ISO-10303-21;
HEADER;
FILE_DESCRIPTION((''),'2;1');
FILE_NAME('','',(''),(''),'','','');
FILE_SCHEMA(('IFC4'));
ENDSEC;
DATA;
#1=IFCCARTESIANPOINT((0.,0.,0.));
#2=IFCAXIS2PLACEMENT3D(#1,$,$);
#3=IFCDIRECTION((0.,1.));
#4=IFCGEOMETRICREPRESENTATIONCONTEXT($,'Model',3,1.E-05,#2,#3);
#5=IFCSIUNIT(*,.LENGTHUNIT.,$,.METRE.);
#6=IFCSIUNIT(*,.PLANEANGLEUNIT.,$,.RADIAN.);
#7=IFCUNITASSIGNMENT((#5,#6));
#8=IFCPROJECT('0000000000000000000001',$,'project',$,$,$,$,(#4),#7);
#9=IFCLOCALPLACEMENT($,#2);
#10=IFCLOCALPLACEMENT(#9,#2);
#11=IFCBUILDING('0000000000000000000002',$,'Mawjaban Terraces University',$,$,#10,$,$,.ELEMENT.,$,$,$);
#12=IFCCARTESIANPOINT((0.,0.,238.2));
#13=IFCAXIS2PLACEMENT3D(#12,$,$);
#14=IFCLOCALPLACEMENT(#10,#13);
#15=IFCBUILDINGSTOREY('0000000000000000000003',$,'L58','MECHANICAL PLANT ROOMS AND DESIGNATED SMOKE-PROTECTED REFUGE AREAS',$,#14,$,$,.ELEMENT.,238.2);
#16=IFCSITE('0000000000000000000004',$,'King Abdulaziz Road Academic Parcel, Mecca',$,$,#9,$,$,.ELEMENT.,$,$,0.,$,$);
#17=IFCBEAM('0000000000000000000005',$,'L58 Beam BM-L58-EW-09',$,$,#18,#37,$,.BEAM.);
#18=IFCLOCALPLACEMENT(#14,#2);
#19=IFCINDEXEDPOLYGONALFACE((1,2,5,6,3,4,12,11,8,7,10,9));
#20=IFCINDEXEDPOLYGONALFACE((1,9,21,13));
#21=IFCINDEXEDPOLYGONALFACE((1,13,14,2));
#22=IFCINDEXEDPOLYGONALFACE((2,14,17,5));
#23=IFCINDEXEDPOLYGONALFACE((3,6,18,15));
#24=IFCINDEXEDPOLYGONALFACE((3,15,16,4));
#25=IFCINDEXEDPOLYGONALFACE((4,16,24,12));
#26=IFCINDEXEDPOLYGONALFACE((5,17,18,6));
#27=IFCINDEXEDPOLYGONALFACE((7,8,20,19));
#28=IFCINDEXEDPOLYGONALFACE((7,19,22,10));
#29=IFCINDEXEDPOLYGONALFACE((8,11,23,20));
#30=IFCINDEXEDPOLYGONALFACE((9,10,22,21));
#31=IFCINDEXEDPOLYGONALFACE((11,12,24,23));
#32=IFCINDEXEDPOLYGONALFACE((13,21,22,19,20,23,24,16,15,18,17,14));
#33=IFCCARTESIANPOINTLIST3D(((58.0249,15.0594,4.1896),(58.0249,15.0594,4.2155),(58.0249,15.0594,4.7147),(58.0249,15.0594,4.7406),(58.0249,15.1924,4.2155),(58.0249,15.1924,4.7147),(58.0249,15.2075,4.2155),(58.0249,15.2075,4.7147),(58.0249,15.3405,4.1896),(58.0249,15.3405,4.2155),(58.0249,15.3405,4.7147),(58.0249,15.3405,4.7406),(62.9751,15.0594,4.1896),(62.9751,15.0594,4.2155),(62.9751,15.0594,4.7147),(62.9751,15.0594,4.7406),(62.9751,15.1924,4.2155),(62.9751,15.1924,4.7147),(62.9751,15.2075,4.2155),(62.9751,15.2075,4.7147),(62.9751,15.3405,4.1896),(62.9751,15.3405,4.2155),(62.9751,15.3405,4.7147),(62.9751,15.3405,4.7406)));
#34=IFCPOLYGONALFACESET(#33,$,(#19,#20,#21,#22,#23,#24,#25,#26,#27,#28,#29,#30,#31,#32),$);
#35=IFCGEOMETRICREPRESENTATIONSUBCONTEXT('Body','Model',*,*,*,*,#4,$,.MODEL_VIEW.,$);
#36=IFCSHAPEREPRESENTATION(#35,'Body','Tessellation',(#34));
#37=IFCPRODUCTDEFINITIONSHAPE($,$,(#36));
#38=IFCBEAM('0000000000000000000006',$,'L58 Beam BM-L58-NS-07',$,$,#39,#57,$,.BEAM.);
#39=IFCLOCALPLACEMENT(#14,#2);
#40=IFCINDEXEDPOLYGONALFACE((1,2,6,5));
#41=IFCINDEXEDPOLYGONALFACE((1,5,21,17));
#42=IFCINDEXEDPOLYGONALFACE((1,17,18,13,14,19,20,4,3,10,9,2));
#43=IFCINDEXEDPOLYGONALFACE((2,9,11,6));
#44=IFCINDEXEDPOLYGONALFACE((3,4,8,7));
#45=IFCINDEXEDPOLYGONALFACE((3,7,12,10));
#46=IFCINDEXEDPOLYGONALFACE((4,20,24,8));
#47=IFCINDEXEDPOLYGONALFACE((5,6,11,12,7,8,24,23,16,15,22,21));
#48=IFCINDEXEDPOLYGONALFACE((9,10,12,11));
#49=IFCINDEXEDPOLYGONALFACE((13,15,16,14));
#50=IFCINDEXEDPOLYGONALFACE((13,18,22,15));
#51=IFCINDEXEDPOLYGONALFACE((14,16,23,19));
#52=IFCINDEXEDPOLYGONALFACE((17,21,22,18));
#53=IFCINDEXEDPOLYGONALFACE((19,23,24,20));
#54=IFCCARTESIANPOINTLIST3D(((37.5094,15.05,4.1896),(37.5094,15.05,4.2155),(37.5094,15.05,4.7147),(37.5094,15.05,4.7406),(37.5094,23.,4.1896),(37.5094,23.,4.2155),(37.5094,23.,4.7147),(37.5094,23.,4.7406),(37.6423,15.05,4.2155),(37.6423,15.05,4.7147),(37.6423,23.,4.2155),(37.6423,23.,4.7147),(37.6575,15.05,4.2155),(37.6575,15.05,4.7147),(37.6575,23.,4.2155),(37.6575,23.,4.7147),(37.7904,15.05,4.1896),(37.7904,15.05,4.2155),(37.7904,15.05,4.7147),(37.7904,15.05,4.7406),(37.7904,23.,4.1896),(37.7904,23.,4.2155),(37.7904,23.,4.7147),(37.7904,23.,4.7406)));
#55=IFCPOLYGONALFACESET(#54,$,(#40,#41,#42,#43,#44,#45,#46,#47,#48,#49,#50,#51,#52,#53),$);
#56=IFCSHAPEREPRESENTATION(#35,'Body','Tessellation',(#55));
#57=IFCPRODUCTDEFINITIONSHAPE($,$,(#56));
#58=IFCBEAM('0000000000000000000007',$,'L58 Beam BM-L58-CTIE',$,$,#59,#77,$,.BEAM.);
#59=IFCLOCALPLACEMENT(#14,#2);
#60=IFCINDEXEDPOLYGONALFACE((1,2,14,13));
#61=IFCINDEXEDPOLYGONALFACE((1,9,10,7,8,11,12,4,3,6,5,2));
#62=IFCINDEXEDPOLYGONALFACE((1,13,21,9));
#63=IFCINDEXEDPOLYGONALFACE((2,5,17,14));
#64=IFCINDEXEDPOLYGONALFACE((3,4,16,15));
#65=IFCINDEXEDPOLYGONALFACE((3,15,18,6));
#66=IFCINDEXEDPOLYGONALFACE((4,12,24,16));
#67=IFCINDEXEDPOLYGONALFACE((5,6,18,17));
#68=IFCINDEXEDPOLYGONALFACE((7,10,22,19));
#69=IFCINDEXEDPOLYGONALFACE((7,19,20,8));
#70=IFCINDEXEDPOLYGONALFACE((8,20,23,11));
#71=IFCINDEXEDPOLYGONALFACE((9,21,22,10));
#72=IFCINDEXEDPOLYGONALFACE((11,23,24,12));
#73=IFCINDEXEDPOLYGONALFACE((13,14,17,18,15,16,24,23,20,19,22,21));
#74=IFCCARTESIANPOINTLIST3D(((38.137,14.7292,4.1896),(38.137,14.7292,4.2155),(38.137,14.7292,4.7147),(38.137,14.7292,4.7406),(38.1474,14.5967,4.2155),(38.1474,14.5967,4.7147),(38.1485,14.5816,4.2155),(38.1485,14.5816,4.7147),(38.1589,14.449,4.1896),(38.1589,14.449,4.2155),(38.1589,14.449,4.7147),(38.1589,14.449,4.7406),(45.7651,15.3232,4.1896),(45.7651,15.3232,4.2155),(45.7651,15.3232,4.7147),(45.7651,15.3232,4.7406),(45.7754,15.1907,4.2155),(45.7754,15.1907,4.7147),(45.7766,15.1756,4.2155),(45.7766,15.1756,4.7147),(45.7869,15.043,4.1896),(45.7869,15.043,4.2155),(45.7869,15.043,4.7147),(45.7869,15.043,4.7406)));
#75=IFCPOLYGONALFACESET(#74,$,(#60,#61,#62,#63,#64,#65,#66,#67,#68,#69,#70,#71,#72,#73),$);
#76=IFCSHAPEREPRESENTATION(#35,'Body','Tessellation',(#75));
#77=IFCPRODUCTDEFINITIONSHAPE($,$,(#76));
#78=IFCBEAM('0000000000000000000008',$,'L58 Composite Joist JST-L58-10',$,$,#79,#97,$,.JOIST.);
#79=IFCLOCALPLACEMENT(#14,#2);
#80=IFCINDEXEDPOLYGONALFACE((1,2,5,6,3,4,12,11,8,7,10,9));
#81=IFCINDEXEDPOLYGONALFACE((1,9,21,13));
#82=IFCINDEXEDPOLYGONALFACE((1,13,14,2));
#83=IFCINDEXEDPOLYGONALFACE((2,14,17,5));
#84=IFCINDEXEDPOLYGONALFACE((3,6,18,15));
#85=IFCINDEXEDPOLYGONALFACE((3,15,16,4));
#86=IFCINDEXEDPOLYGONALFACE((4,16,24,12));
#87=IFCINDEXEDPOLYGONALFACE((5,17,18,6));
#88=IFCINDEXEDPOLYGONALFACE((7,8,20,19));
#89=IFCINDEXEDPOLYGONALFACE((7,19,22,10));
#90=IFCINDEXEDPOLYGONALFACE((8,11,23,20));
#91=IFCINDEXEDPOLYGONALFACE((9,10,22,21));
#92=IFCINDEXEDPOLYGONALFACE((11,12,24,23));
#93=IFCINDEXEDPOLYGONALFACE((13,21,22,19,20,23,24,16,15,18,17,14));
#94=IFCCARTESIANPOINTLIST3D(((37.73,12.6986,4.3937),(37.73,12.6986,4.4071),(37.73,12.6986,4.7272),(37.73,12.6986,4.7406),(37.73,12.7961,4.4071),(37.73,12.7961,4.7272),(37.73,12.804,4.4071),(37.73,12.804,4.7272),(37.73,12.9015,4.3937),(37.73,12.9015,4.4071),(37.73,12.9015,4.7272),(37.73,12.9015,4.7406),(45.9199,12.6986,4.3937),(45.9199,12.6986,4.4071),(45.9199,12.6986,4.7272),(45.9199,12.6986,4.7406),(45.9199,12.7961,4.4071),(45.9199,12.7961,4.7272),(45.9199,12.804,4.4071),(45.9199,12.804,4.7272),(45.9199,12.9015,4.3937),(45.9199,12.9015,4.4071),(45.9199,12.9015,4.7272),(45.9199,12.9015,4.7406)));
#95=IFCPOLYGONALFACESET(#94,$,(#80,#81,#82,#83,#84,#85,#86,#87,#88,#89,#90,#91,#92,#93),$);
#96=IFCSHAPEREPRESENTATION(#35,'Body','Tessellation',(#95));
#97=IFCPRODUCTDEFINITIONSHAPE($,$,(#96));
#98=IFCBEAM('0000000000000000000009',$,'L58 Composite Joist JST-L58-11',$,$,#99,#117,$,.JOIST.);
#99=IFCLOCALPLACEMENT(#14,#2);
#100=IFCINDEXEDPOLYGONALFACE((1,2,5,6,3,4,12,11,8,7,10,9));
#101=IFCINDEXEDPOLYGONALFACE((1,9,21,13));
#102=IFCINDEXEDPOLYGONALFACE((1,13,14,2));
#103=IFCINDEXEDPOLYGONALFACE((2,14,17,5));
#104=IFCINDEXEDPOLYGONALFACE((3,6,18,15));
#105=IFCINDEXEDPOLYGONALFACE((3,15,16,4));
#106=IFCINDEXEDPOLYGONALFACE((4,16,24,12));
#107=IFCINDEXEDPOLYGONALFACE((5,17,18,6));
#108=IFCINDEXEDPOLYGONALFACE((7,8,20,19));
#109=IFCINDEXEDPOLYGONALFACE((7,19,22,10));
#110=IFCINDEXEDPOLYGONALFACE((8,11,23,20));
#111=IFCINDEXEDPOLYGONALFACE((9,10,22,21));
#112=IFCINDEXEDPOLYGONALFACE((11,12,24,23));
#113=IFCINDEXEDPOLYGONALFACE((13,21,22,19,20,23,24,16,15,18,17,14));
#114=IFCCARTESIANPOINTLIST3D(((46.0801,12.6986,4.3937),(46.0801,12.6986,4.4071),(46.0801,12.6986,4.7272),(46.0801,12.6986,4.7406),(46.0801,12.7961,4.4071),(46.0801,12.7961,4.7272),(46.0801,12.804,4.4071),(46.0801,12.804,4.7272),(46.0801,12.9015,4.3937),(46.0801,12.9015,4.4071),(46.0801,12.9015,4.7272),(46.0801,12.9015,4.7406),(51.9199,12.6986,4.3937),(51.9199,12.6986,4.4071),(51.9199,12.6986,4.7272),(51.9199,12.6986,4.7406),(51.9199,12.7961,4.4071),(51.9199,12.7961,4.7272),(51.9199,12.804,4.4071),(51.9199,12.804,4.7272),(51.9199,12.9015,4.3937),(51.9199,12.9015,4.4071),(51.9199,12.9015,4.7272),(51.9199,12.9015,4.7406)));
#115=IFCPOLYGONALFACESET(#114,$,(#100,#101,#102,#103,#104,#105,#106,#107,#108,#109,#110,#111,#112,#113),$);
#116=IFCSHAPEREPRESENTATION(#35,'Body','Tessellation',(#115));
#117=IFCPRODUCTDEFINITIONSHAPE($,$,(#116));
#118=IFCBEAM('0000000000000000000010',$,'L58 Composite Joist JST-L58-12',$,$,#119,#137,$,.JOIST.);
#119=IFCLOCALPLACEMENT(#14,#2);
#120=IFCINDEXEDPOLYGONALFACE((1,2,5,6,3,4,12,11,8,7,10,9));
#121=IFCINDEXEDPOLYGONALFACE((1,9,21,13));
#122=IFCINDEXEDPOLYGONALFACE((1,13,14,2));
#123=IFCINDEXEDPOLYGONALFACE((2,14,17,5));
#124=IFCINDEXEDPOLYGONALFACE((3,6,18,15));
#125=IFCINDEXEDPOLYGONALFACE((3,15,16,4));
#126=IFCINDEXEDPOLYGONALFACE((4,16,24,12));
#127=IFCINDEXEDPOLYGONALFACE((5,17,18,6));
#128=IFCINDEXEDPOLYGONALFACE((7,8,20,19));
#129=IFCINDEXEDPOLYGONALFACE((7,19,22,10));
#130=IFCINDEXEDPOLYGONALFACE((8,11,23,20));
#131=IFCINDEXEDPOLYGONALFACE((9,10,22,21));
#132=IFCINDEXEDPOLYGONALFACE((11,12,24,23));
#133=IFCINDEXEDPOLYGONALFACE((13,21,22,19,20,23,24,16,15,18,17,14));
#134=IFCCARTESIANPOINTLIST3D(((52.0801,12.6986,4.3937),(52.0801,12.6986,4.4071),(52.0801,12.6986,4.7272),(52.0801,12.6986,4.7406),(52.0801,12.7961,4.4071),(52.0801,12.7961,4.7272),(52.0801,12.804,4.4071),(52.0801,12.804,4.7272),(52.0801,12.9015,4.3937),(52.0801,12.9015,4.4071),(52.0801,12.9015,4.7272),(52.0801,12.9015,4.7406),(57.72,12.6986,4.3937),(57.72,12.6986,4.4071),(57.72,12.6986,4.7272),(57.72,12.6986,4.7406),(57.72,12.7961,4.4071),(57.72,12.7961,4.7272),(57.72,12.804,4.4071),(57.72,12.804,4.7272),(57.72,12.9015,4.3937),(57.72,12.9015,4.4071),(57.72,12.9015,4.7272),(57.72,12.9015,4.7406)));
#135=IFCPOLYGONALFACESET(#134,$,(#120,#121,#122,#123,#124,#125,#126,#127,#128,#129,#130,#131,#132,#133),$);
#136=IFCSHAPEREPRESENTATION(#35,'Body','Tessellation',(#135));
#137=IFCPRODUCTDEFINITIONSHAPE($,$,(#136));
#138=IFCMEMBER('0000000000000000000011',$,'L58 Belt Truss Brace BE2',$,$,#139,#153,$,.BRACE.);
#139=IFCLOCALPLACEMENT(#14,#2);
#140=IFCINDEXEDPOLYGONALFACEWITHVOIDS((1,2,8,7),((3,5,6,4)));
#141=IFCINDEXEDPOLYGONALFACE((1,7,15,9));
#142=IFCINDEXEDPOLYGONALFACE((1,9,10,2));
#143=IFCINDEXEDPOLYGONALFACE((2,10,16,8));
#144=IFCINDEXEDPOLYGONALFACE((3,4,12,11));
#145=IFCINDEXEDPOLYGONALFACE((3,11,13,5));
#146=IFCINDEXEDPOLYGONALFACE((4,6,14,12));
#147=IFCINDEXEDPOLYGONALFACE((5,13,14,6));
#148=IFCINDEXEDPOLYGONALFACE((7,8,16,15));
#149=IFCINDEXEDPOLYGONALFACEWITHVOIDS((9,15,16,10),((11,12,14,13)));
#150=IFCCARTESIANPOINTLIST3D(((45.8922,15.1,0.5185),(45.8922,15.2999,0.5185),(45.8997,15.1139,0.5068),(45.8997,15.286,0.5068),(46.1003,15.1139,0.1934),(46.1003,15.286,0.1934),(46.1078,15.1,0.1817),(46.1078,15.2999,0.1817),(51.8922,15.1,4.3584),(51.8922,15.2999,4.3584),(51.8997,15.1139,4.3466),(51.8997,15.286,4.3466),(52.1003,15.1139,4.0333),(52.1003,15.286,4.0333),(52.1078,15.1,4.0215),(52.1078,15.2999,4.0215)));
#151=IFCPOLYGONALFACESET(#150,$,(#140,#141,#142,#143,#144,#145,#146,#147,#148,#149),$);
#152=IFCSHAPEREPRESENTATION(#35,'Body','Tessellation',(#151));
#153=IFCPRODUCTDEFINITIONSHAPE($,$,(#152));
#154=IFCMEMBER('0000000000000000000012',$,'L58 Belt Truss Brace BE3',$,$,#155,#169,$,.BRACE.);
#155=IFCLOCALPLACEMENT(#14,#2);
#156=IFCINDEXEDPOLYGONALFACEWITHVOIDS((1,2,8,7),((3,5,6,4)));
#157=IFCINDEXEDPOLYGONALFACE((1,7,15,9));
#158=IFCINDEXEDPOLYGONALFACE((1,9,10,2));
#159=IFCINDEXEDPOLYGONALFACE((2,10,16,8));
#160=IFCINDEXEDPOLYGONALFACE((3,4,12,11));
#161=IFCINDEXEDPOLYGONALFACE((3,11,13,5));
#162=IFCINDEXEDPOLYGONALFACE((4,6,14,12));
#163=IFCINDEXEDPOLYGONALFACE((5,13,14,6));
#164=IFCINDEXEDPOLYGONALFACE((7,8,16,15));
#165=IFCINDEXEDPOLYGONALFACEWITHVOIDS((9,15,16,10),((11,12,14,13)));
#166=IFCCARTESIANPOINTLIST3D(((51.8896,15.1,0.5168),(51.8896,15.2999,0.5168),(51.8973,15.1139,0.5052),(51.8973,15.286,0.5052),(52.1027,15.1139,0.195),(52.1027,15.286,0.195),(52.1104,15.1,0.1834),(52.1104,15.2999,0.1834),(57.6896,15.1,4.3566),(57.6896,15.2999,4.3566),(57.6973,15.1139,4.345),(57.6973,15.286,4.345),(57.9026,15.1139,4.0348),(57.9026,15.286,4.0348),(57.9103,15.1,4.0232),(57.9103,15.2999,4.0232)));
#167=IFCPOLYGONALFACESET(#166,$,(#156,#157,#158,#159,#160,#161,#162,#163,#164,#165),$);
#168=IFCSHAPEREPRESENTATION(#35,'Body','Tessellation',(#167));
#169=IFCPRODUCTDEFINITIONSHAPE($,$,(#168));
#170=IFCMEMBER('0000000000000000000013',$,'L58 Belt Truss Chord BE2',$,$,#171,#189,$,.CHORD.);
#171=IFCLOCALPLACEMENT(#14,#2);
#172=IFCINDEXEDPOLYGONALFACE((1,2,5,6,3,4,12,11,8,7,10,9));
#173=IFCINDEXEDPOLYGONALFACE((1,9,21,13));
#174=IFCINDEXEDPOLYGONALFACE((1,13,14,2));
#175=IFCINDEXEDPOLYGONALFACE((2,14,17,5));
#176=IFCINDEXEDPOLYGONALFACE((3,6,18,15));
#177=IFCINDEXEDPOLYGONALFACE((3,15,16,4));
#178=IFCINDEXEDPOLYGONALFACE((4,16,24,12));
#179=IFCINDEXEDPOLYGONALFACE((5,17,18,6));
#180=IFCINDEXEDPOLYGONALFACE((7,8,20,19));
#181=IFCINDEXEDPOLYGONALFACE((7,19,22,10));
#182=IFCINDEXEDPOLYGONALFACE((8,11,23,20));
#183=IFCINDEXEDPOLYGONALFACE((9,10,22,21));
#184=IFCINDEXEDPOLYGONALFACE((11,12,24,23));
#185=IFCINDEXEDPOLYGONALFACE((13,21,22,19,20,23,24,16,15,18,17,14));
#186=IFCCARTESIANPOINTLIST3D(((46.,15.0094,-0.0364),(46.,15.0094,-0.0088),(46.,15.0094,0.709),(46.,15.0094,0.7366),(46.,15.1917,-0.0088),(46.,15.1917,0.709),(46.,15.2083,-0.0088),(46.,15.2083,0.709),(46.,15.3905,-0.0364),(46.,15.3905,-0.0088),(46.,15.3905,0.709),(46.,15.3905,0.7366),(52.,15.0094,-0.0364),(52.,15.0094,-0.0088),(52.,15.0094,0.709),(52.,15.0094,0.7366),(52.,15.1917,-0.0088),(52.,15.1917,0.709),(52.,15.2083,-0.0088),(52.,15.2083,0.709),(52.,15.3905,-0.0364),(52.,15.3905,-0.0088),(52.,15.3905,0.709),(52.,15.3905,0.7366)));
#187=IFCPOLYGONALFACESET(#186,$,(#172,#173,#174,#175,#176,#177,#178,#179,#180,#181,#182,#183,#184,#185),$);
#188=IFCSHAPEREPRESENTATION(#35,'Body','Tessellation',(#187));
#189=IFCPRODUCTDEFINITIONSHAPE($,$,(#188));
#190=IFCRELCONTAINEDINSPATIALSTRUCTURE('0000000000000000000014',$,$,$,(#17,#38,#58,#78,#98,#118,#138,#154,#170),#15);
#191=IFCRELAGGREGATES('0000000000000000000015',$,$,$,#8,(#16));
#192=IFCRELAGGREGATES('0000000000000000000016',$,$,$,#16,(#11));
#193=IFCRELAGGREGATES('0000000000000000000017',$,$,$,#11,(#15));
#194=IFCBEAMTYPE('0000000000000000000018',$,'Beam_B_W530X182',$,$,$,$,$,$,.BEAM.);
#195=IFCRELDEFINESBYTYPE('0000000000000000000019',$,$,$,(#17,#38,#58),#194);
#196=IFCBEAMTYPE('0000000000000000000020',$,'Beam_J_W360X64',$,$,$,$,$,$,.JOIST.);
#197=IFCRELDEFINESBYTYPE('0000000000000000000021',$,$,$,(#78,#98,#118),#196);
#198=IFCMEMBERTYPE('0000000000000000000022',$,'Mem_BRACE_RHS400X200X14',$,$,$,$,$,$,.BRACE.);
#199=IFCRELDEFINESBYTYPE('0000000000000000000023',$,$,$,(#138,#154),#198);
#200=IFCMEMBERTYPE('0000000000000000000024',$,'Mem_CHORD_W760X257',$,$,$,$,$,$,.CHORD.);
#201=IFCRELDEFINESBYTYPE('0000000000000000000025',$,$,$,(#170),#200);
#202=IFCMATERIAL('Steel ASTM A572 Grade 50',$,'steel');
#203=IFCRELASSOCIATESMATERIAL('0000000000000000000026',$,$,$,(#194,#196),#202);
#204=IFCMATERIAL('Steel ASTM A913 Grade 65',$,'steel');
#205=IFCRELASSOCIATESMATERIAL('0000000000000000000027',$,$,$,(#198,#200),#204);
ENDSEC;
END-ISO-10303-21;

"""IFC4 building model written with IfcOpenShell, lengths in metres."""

from ifc_helpers import new_model, si_unit, direction, frame, origin, origin_2d, place, context, subcontext, project, spatial, hollow_rectangle, i_section, extrude, material, material_profile, profile_set, type_object, element, save


model = new_model("IFC4")

# Units and contexts
model_context = context("Model", 3, precision=1e-05, world=origin(), true_north=direction((0.0, 1.0)))
body_context = subcontext(model_context, "Body", "Model", "MODEL_VIEW")
ifc_project = project(units=[si_unit("LENGTHUNIT", "METRE"), si_unit("PLANEANGLEUNIT", "RADIAN")], contexts=[model_context])

# Site, building, storey
site_placement = place(None, origin())
site = spatial("IfcSite", under=ifc_project, at=site_placement, Name="King Abdulaziz Road Academic Parcel, Mecca", CompositionType="ELEMENT", RefElevation=0.0)
building_placement = place(site_placement, origin())
building = spatial("IfcBuilding", under=site, at=building_placement, Name="Mawjaban Terraces University", CompositionType="ELEMENT")
storey_placement = place(building_placement, frame((0.0, 0.0, 238.2)))
storey = spatial("IfcBuildingStorey", under=building, at=storey_placement, Name="L58", Description="MECHANICAL PLANT ROOMS AND DESIGNATED SMOKE-PROTECTED REFUGE AREAS", CompositionType="ELEMENT", Elevation=238.2)

# Beams
ifc_material_1 = material(Name="Steel ASTM A572 Grade 50", Category="steel")
ifc_material_profile_1 = material_profile(ifc_material_1, i_section(OverallWidth=0.281, OverallDepth=0.551, WebThickness=0.0151, FlangeThickness=0.0259, at=origin_2d()), Name="W530X182")
ifc_profile_set_1 = profile_set([ifc_material_profile_1], Name="Steel ASTM A572 Grade 50")
beam_type_1 = type_object("IfcBeamType", Name="Beam_B_W530X182", PredefinedType="BEAM", material=ifc_profile_set_1)
beam_1_placement = place(storey_placement, frame((58.0249, 15.2, 4.4651), z_axis=(1.0, 0.0, 0.0), x_axis=(0.0, 1.0, 0.0)))
element("IfcBeam", 1, at=beam_1_placement, inside=storey, type_object=beam_type_1, Name="L58 Beam BM-L58-EW-09", PredefinedType="BEAM", context=body_context, shape_type="SweptSolid", body=[
    extrude(i_section(OverallWidth=0.281, OverallDepth=0.551, WebThickness=0.0151, FlangeThickness=0.0259, at=origin_2d()), origin(), (0.0, 0.0, 1.0), 4.9502),
])
beam_2_placement = place(storey_placement, frame((37.6499, 15.05, 4.4651), z_axis=(0.0, 1.0, 0.0), x_axis=(-1.0, 0.0, 0.0)))
element("IfcBeam", 2, at=beam_2_placement, inside=storey, type_object=beam_type_1, Name="L58 Beam BM-L58-NS-07", PredefinedType="BEAM", context=body_context, shape_type="SweptSolid", body=[
    extrude(i_section(OverallWidth=0.281, OverallDepth=0.551, WebThickness=0.0151, FlangeThickness=0.0259, at=origin_2d()), origin(), (0.0, 0.0, 1.0), 7.95),
])
beam_3_placement = place(storey_placement, frame((38.1479, 14.5891, 4.4651), z_axis=(0.996982, 0.077636, 0.0), x_axis=(-0.077636, 0.996982, 0.0)))
element("IfcBeam", 3, at=beam_3_placement, inside=storey, type_object=beam_type_1, Name="L58 Beam BM-L58-CTIE", PredefinedType="BEAM", context=body_context, shape_type="SweptSolid", body=[
    extrude(i_section(OverallWidth=0.281, OverallDepth=0.551, WebThickness=0.0151, FlangeThickness=0.0259, at=origin_2d()), origin(), (0.0, 0.0, 1.0), 7.6511),
])
ifc_material_profile_2 = material_profile(ifc_material_1, i_section(OverallWidth=0.2029, OverallDepth=0.3469, WebThickness=0.0078, FlangeThickness=0.0134, at=origin_2d()), Name="W360X64")
ifc_profile_set_2 = profile_set([ifc_material_profile_2], Name="Steel ASTM A572 Grade 50")
beam_type_2 = type_object("IfcBeamType", Name="Beam_J_W360X64", PredefinedType="JOIST", material=ifc_profile_set_2)
beam_4_placement = place(storey_placement, frame((37.73, 12.8, 4.5671), z_axis=(1.0, 0.0, 0.0), x_axis=(0.0, 1.0, 0.0)))
element("IfcBeam", 4, at=beam_4_placement, inside=storey, type_object=beam_type_2, Name="L58 Composite Joist JST-L58-10", PredefinedType="JOIST", context=body_context, shape_type="SweptSolid", body=[
    extrude(i_section(OverallWidth=0.2029, OverallDepth=0.3469, WebThickness=0.0078, FlangeThickness=0.0134, at=origin_2d()), origin(), (0.0, 0.0, 1.0), 8.1899),
])
beam_5_placement = place(storey_placement, frame((46.0801, 12.8, 4.5671), z_axis=(1.0, 0.0, 0.0), x_axis=(0.0, 1.0, 0.0)))
element("IfcBeam", 5, at=beam_5_placement, inside=storey, type_object=beam_type_2, Name="L58 Composite Joist JST-L58-11", PredefinedType="JOIST", context=body_context, shape_type="SweptSolid", body=[
    extrude(i_section(OverallWidth=0.2029, OverallDepth=0.3469, WebThickness=0.0078, FlangeThickness=0.0134, at=origin_2d()), origin(), (0.0, 0.0, 1.0), 5.8398),
])
beam_6_placement = place(storey_placement, frame((52.0801, 12.8, 4.5671), z_axis=(1.0, 0.0, 0.0), x_axis=(0.0, 1.0, 0.0)))
element("IfcBeam", 6, at=beam_6_placement, inside=storey, type_object=beam_type_2, Name="L58 Composite Joist JST-L58-12", PredefinedType="JOIST", context=body_context, shape_type="SweptSolid", body=[
    extrude(i_section(OverallWidth=0.2029, OverallDepth=0.3469, WebThickness=0.0078, FlangeThickness=0.0134, at=origin_2d()), origin(), (0.0, 0.0, 1.0), 5.6399),
])

# Members
ifc_material_2 = material(Name="Steel ASTM A913 Grade 65", Category="steel")
ifc_material_profile_3 = material_profile(ifc_material_2, hollow_rectangle(XDim=0.2, YDim=0.3999, WallThickness=0.0139, at=origin_2d()), Name="RHS400X200X14")
ifc_profile_set_3 = profile_set([ifc_material_profile_3], Name="Steel ASTM A913 Grade 65")
member_type_1 = type_object("IfcMemberType", Name="Mem_BRACE_RHS400X200X14", PredefinedType="BRACE", material=ifc_profile_set_3)
member_1_placement = place(storey_placement, frame((46.0, 15.2, 0.3501), z_axis=(0.842281, 0.0, 0.539038), x_axis=(0.0, 1.0, 0.0)))
element("IfcMember", 7, at=member_1_placement, inside=storey, type_object=member_type_1, Name="L58 Belt Truss Brace BE2", PredefinedType="BRACE", context=body_context, shape_type="SweptSolid", body=[
    extrude(hollow_rectangle(XDim=0.2, YDim=0.3999, WallThickness=0.0139, at=origin_2d()), origin(), (0.0, 0.0, 1.0), 7.1235),
])
member_2_placement = place(storey_placement, frame((52.0, 15.2, 0.3501), z_axis=(0.833828, 0.0, 0.552024), x_axis=(0.0, 1.0, 0.0)))
element("IfcMember", 8, at=member_2_placement, inside=storey, type_object=member_type_1, Name="L58 Belt Truss Brace BE3", PredefinedType="BRACE", context=body_context, shape_type="SweptSolid", body=[
    extrude(hollow_rectangle(XDim=0.2, YDim=0.3999, WallThickness=0.0139, at=origin_2d()), origin(), (0.0, 0.0, 1.0), 6.9558),
])
ifc_material_profile_4 = material_profile(ifc_material_2, i_section(OverallWidth=0.3811, OverallDepth=0.7729, WebThickness=0.0166, FlangeThickness=0.0276, at=origin_2d()), Name="W760X257")
ifc_profile_set_4 = profile_set([ifc_material_profile_4], Name="Steel ASTM A913 Grade 65")
member_type_2 = type_object("IfcMemberType", Name="Mem_CHORD_W760X257", PredefinedType="CHORD", material=ifc_profile_set_4)
member_3_placement = place(storey_placement, frame((46.0, 15.2, 0.3501), z_axis=(1.0, 0.0, 0.0), x_axis=(0.0, 1.0, 0.0)))
element("IfcMember", 9, at=member_3_placement, inside=storey, type_object=member_type_2, Name="L58 Belt Truss Chord BE2", PredefinedType="CHORD", context=body_context, shape_type="SweptSolid", body=[
    extrude(i_section(OverallWidth=0.3811, OverallDepth=0.7729, WebThickness=0.0166, FlangeThickness=0.0276, at=origin_2d()), origin(), (0.0, 0.0, 1.0), 6.0),
])

save(model, "model.ifc")
